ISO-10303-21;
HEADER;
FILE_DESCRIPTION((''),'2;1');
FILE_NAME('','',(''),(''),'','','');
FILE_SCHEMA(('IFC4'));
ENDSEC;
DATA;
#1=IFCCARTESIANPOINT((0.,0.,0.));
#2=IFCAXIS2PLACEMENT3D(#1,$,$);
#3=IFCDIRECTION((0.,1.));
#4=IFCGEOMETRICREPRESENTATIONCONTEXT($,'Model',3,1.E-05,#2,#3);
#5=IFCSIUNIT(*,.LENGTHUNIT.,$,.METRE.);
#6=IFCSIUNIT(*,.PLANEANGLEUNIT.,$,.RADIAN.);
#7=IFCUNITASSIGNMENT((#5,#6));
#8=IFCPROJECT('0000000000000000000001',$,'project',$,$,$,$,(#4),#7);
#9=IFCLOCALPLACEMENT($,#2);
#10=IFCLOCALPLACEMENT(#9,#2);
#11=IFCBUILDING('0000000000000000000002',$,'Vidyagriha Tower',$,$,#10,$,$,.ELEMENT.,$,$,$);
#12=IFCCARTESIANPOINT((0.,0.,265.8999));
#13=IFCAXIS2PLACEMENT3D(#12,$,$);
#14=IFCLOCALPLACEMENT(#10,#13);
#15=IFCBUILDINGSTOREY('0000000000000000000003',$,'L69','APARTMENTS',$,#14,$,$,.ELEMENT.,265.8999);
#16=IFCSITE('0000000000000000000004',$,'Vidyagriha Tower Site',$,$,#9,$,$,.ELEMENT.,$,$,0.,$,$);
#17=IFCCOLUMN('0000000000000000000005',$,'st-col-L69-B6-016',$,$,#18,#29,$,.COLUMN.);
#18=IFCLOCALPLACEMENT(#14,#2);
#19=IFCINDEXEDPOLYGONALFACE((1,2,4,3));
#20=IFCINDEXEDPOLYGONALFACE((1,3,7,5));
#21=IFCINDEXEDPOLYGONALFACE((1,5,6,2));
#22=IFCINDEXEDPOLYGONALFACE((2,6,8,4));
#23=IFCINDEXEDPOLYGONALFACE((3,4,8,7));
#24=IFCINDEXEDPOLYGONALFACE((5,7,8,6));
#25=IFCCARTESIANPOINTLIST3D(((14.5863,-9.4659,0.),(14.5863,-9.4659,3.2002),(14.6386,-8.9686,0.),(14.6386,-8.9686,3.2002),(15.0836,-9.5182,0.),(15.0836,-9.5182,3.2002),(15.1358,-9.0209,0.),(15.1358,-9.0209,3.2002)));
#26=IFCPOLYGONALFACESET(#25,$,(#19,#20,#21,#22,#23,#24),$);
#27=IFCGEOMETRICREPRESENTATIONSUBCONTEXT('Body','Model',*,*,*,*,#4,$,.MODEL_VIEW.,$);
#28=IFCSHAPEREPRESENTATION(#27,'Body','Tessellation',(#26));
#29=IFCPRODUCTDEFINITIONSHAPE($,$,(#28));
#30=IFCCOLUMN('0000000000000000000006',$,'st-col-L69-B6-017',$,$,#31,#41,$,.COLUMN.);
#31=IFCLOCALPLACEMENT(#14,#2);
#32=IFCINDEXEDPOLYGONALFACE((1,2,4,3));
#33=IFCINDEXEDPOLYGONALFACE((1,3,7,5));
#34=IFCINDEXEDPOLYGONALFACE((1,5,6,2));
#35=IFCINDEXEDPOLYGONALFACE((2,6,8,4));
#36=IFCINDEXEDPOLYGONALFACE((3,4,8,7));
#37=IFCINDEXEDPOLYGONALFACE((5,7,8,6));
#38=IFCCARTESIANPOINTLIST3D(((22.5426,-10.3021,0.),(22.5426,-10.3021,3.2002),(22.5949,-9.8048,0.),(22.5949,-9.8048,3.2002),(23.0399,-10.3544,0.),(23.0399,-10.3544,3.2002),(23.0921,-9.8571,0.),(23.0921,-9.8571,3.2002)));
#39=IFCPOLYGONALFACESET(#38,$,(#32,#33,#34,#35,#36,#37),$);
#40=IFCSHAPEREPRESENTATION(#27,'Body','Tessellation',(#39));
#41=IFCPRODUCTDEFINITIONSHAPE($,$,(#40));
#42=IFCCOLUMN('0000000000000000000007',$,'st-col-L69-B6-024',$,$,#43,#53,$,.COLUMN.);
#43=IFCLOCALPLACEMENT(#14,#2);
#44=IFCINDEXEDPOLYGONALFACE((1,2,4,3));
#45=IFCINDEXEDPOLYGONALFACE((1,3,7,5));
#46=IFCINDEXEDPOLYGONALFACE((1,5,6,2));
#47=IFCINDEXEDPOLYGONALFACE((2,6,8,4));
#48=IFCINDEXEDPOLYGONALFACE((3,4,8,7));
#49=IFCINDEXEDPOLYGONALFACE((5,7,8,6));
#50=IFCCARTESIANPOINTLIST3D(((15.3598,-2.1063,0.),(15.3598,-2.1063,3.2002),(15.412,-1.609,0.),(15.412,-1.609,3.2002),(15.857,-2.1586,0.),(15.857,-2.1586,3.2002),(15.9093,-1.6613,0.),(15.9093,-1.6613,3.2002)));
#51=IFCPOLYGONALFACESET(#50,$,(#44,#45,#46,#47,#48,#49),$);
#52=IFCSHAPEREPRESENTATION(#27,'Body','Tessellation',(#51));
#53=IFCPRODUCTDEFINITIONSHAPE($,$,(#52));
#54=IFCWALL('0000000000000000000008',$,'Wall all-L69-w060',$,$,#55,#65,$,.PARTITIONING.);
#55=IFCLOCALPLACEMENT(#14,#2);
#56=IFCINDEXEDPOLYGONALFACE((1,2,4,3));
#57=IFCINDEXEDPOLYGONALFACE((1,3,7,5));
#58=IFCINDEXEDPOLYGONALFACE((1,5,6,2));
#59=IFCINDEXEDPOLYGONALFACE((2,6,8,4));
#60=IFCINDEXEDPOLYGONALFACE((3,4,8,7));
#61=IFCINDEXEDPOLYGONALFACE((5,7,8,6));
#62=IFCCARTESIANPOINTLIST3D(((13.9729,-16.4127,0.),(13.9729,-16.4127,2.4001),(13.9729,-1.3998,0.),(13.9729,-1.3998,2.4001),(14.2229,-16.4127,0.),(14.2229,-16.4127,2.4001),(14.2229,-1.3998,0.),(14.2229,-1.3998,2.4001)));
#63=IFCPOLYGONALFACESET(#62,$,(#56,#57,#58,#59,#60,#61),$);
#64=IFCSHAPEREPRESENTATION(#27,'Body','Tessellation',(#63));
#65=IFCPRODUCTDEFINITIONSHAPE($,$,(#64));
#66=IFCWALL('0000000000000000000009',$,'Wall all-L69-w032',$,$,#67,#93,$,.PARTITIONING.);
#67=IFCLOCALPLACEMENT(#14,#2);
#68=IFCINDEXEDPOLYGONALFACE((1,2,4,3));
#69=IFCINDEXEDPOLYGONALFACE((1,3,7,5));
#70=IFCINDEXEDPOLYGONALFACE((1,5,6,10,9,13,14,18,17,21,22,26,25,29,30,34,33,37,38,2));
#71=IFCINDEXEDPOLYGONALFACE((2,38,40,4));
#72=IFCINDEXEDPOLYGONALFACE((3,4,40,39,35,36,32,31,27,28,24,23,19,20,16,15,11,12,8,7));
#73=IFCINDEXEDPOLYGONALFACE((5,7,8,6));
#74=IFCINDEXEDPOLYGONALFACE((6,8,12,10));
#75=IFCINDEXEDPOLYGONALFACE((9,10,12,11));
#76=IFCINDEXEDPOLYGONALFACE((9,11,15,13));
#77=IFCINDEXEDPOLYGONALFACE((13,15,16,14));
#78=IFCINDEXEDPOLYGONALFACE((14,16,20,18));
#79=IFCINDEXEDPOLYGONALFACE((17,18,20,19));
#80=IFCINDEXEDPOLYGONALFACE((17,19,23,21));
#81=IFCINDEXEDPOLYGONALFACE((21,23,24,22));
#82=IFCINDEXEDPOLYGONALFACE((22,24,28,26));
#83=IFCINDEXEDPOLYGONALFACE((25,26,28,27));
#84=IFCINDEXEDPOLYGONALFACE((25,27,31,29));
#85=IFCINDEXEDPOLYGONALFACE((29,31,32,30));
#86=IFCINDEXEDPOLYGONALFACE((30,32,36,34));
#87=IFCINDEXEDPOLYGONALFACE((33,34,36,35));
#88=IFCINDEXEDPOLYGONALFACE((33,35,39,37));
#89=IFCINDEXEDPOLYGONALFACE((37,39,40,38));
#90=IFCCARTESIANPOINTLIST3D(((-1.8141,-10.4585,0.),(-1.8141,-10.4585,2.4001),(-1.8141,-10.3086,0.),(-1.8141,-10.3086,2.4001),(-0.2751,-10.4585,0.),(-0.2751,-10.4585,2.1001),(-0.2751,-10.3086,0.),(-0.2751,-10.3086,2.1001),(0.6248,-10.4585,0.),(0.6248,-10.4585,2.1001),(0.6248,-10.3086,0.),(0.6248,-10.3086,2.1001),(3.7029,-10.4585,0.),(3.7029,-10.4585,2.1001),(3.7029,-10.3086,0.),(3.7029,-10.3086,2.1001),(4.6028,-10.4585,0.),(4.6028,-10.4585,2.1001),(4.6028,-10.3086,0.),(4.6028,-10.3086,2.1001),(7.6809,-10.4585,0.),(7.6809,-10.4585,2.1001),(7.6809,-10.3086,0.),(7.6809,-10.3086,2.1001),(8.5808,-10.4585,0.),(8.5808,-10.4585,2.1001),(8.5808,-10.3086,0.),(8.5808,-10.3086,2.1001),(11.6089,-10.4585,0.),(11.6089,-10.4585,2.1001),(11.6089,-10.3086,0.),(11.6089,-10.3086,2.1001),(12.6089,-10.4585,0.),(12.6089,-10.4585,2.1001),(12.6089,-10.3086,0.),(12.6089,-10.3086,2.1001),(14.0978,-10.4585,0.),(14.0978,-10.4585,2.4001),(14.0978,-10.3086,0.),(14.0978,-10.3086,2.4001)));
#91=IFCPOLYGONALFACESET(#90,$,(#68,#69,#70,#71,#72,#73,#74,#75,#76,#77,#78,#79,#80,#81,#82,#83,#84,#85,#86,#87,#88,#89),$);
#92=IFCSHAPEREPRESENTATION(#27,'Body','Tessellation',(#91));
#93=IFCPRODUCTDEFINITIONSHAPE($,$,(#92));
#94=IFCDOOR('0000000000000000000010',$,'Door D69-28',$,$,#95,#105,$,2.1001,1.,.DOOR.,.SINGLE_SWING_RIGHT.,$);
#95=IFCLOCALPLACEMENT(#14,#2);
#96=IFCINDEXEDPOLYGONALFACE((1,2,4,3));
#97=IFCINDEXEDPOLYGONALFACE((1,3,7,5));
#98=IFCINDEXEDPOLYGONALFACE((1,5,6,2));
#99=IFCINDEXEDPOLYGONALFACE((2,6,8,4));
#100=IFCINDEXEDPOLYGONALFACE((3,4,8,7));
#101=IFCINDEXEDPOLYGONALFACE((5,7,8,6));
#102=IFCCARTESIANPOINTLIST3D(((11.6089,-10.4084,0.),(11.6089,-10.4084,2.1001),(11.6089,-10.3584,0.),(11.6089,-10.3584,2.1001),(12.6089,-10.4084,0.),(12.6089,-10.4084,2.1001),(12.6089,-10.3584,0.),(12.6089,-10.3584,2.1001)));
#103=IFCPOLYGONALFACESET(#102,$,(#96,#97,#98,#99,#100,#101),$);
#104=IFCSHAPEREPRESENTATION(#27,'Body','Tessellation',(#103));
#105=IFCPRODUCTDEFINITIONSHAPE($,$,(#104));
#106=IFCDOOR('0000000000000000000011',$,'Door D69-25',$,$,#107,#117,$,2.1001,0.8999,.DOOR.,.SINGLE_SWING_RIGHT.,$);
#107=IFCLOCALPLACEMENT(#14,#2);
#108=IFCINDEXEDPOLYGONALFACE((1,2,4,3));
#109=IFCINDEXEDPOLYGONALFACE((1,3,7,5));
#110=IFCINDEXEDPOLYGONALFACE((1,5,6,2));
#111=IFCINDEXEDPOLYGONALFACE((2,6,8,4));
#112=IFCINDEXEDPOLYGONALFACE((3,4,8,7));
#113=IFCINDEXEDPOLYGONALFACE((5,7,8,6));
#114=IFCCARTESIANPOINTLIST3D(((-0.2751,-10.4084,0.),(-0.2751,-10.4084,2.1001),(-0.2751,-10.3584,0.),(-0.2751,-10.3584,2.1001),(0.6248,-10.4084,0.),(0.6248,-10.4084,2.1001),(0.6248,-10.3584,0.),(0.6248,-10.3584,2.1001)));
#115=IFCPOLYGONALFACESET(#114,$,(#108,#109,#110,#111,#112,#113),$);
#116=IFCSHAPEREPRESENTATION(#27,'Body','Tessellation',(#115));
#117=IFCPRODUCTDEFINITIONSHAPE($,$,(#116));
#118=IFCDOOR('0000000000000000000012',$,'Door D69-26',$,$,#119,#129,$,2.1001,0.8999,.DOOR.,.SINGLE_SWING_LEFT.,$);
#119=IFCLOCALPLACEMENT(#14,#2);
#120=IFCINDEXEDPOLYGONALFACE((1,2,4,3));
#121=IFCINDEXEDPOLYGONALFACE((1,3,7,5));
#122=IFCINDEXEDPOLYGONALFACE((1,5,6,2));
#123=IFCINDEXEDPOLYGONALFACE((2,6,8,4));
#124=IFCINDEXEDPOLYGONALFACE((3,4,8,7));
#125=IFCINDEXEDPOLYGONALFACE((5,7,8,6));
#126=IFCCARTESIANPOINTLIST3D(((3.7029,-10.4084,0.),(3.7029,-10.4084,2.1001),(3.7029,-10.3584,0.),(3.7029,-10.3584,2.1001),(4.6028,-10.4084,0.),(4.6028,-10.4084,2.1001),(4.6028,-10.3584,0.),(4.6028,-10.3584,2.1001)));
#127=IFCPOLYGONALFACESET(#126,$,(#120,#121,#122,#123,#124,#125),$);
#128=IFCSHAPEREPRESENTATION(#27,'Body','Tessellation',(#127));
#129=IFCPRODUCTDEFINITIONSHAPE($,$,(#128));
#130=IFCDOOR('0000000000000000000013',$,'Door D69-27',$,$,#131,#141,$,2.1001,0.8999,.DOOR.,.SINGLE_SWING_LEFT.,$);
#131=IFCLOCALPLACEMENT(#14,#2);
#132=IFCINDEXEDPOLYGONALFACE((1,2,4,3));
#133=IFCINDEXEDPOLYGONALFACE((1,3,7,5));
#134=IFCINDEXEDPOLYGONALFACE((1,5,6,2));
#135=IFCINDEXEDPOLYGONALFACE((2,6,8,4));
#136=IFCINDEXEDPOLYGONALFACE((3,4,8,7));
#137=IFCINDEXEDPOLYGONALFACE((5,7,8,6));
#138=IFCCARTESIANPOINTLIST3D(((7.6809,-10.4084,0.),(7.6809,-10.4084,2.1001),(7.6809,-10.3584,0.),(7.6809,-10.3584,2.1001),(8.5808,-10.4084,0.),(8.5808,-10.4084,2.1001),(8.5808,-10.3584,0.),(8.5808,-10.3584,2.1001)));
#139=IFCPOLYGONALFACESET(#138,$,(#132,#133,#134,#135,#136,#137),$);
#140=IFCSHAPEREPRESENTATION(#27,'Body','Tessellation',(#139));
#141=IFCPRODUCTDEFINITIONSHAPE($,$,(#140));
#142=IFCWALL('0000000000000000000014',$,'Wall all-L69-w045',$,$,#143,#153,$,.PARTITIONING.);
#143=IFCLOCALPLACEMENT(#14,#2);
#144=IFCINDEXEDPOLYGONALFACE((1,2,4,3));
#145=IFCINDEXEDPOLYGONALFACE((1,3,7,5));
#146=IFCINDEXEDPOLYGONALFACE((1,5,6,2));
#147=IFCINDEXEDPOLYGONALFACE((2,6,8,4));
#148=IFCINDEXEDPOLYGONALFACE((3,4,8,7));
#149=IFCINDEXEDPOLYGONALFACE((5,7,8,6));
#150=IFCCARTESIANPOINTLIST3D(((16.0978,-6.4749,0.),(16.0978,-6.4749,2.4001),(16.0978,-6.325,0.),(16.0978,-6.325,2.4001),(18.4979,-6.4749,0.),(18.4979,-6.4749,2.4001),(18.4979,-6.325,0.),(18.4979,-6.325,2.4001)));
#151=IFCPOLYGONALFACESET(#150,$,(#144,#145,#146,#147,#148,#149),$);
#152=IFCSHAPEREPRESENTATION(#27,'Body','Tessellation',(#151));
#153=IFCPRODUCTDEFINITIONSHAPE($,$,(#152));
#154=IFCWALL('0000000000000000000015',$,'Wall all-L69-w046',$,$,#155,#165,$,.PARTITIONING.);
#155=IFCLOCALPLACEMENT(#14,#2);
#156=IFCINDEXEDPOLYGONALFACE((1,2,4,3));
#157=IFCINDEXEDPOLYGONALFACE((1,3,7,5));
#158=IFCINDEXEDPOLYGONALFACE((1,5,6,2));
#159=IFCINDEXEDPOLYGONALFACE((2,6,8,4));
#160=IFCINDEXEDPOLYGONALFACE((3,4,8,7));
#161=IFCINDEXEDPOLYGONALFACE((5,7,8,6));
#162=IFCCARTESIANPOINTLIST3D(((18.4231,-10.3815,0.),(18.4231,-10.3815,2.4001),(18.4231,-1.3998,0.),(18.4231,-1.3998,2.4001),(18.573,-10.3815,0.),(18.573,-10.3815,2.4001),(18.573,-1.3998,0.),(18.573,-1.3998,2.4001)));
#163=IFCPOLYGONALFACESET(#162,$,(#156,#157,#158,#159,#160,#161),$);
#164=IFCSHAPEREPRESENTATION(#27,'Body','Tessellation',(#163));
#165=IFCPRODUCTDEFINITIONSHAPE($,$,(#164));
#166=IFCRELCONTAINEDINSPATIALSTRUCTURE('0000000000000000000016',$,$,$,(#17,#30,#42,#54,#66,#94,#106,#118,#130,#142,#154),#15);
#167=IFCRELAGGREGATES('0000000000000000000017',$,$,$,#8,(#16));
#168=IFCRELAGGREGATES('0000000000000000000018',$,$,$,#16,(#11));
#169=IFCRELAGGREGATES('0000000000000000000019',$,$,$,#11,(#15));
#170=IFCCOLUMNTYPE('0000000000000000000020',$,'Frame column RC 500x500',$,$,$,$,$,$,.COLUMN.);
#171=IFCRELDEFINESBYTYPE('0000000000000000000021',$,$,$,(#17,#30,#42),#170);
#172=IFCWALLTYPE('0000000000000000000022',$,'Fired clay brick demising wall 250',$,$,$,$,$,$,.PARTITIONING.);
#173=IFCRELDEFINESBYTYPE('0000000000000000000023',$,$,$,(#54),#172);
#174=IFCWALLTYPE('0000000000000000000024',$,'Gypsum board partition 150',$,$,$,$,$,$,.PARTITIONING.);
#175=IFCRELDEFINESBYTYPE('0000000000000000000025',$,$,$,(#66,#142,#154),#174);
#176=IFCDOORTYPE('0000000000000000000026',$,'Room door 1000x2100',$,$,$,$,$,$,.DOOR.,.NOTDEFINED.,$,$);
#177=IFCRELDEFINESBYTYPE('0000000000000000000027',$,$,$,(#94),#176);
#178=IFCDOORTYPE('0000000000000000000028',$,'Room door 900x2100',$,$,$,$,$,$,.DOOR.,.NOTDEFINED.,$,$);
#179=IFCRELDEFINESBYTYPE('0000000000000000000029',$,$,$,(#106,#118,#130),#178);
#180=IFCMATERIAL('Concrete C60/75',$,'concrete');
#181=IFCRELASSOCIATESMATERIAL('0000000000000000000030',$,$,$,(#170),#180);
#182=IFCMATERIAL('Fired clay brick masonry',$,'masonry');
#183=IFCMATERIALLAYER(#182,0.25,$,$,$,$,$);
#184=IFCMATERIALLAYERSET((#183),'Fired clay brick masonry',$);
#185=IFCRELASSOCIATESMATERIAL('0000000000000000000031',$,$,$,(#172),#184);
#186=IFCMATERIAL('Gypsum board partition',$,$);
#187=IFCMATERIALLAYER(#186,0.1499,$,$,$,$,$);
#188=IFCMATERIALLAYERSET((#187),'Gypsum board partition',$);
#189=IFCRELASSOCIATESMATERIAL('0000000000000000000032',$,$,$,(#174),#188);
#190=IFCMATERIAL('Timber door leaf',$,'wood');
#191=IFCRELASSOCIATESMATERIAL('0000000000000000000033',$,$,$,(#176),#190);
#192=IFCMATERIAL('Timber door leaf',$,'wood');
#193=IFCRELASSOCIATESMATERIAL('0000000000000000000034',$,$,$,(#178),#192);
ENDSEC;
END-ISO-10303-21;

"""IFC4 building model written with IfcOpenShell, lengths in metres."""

from ifc_helpers import new_model, si_unit, direction, frame, frame_2d, origin, origin_2d, place, context, subcontext, project, spatial, rectangle, extrude, material, layer, layer_set, material_profile, profile_set, type_object, element, fill, save


model = new_model("IFC4")

# Units and contexts
model_context = context("Model", 3, precision=1e-05, world=origin(), true_north=direction((0.0, 1.0)))
body_context = subcontext(model_context, "Body", "Model", "MODEL_VIEW")
ifc_project = project(units=[si_unit("LENGTHUNIT", "METRE"), si_unit("PLANEANGLEUNIT", "RADIAN")], contexts=[model_context])

# Site, building, storey
site_placement = place(None, origin())
site = spatial("IfcSite", under=ifc_project, at=site_placement, Name="Vidyagriha Tower Site", CompositionType="ELEMENT", RefElevation=0.0)
building_placement = place(site_placement, origin())
building = spatial("IfcBuilding", under=site, at=building_placement, Name="Vidyagriha Tower", CompositionType="ELEMENT")
storey_placement = place(building_placement, frame((0.0, 0.0, 265.8999)))
storey = spatial("IfcBuildingStorey", under=building, at=storey_placement, Name="L69", Description="APARTMENTS", CompositionType="ELEMENT", Elevation=265.8999)

# Columns
ifc_material_1 = material(Name="Concrete C60/75", Category="concrete")
ifc_material_profile = material_profile(ifc_material_1, rectangle(XDim=0.5, YDim=0.5, at=origin_2d()), Name="RC 500x500")
ifc_profile_set = profile_set([ifc_material_profile], Name="Concrete C60/75")
column_type = type_object("IfcColumnType", Name="Frame column RC 500x500", PredefinedType="COLUMN", material=ifc_profile_set)
for number, where, z_axis, x_axis, name in (
    (1, (14.8611, -9.2434, 0.0), (0.0, 0.0, 1.0), (0.994522, -0.104528, 0.0), "st-col-L69-B6-016"),
    (2, (22.8174, -10.0796, 0.0), (0.0, 0.0, 1.0), (0.994522, -0.104528, 0.0), "st-col-L69-B6-017"),
    (3, (15.6345, -1.8838, 0.0), (0.0, 0.0, 1.0), (0.994522, -0.104528, 0.0), "st-col-L69-B6-024"),
):
    element("IfcColumn", number, at=place(storey_placement, frame(where, z_axis=z_axis, x_axis=x_axis)), inside=storey, type_object=column_type, Name=name, PredefinedType="COLUMN", context=body_context, shape_type="SweptSolid", body=[
        extrude(rectangle(XDim=0.5, YDim=0.5, at=origin_2d()), origin(), (0.0, 0.0, 1.0), 3.2002),
    ])

# Wall
ifc_material_2 = material(Name="Fired clay brick masonry", Category="masonry")
ifc_layer_1 = layer(ifc_material_2, 0.25)
ifc_layer_set_1 = layer_set([ifc_layer_1], Name="Fired clay brick masonry")
wall_type_1 = type_object("IfcWallType", Name="Fired clay brick demising wall 250", PredefinedType="PARTITIONING", material=ifc_layer_set_1)
wall_1_placement = place(storey_placement, frame((14.0979, -1.3999, 0.0), z_axis=(0.0, 0.0, 1.0), x_axis=(0.0, -1.0, 0.0)))
element("IfcWall", 4, at=wall_1_placement, inside=storey, type_object=wall_type_1, Name="Wall all-L69-w060", PredefinedType="PARTITIONING", context=body_context, shape_type="SweptSolid", body=[
    extrude(rectangle(XDim=15.0129, YDim=0.25, at=frame_2d((7.5063, 0.0))), origin(), (0.0, 0.0, 1.0), 2.4001),
])

# Wall, openings, doors
ifc_material_3 = material(Name="Gypsum board partition")
ifc_layer_2 = layer(ifc_material_3, 0.1499)
ifc_layer_set_2 = layer_set([ifc_layer_2], Name="Gypsum board partition")
wall_type_2 = type_object("IfcWallType", Name="Gypsum board partition 150", PredefinedType="PARTITIONING", material=ifc_layer_set_2)
wall_2_placement = place(storey_placement, frame((14.0979, -10.3835, 0.0), z_axis=(0.0, 0.0, 1.0), x_axis=(-1.0, 0.0, 0.0)))
wall_2 = element("IfcWall", 5, at=wall_2_placement, inside=storey, type_object=wall_type_2, Name="Wall all-L69-w032", PredefinedType="PARTITIONING", context=body_context, shape_type="SweptSolid", body=[
    extrude(rectangle(XDim=15.9119, YDim=0.1499, at=frame_2d((7.9561, 0.0))), origin(), (0.0, 0.0, 1.0), 2.4001),
])
opening_1_placement = place(wall_2_placement, frame((13.4731, 0.0, 0.0)))
opening_1 = element("IfcOpeningElement", 6, at=opening_1_placement, cuts=wall_2, PredefinedType="OPENING", context=body_context, shape_type="SweptSolid", body=[
    extrude(rectangle(XDim=0.8999, YDim=2.1001, at=frame_2d((0.45, 1.05))), frame((0.0, 0.085, 0.0), z_axis=(0.0, -1.0, 0.0), x_axis=(1.0, 0.0, 0.0)), (0.0, 0.0, 1.0), 0.1699),
])
opening_2_placement = place(wall_2_placement, frame((9.4951, 0.0, 0.0)))
opening_2 = element("IfcOpeningElement", 7, at=opening_2_placement, cuts=wall_2, PredefinedType="OPENING", context=body_context, shape_type="SweptSolid", body=[
    extrude(rectangle(XDim=0.8999, YDim=2.1001, at=frame_2d((0.45, 1.05))), frame((0.0, 0.085, 0.0), z_axis=(0.0, -1.0, 0.0), x_axis=(1.0, 0.0, 0.0)), (0.0, 0.0, 1.0), 0.1699),
])
opening_3_placement = place(wall_2_placement, frame((5.5171, 0.0, 0.0)))
opening_3 = element("IfcOpeningElement", 8, at=opening_3_placement, cuts=wall_2, PredefinedType="OPENING", context=body_context, shape_type="SweptSolid", body=[
    extrude(rectangle(XDim=0.8999, YDim=2.1001, at=frame_2d((0.45, 1.05))), frame((0.0, 0.085, 0.0), z_axis=(0.0, -1.0, 0.0), x_axis=(1.0, 0.0, 0.0)), (0.0, 0.0, 1.0), 0.1699),
])
opening_4_placement = place(wall_2_placement, frame((1.489, 0.0, 0.0)))
opening_4 = element("IfcOpeningElement", 9, at=opening_4_placement, cuts=wall_2, PredefinedType="OPENING", context=body_context, shape_type="SweptSolid", body=[
    extrude(rectangle(XDim=1.0, YDim=2.1001, at=frame_2d((0.5, 1.05))), frame((0.0, 0.085, 0.0), z_axis=(0.0, -1.0, 0.0), x_axis=(1.0, 0.0, 0.0)), (0.0, 0.0, 1.0), 0.1699),
])
ifc_material_4 = material(Name="Timber door leaf", Category="wood")
door_type_1 = type_object("IfcDoorType", Name="Room door 1000x2100", OperationType="NOTDEFINED", PredefinedType="DOOR", material=ifc_material_4)
door_1_placement = place(opening_4_placement, origin())
door_1 = element("IfcDoor", 10, at=door_1_placement, inside=storey, type_object=door_type_1, Name="Door D69-28", OperationType="SINGLE_SWING_RIGHT", OverallHeight=2.1001, OverallWidth=1.0, PredefinedType="DOOR", context=body_context, shape_type="SweptSolid", body=[
    extrude(rectangle(XDim=1.0, YDim=2.1001, at=frame_2d((0.5, 1.05))), frame((0.0, 0.0249, 0.0), z_axis=(0.0, -1.0, 0.0), x_axis=(1.0, 0.0, 0.0)), (0.0, 0.0, 1.0), 0.05),
])
fill(opening_4, door_1)
ifc_material_5 = material(Name="Timber door leaf", Category="wood")
door_type_2 = type_object("IfcDoorType", Name="Room door 900x2100", OperationType="NOTDEFINED", PredefinedType="DOOR", material=ifc_material_5)
door_2_placement = place(opening_1_placement, origin())
door_2 = element("IfcDoor", 11, at=door_2_placement, inside=storey, type_object=door_type_2, Name="Door D69-25", OperationType="SINGLE_SWING_RIGHT", OverallHeight=2.1001, OverallWidth=0.8999, PredefinedType="DOOR", context=body_context, shape_type="SweptSolid", body=[
    extrude(rectangle(XDim=0.8999, YDim=2.1001, at=frame_2d((0.45, 1.05))), frame((0.0, 0.0249, 0.0), z_axis=(0.0, -1.0, 0.0), x_axis=(1.0, 0.0, 0.0)), (0.0, 0.0, 1.0), 0.05),
])
fill(opening_1, door_2)
door_3_placement = place(opening_2_placement, origin())
door_3 = element("IfcDoor", 12, at=door_3_placement, inside=storey, type_object=door_type_2, Name="Door D69-26", OperationType="SINGLE_SWING_LEFT", OverallHeight=2.1001, OverallWidth=0.8999, PredefinedType="DOOR", context=body_context, shape_type="SweptSolid", body=[
    extrude(rectangle(XDim=0.8999, YDim=2.1001, at=frame_2d((0.45, 1.05))), frame((0.0, 0.0249, 0.0), z_axis=(0.0, -1.0, 0.0), x_axis=(1.0, 0.0, 0.0)), (0.0, 0.0, 1.0), 0.05),
])
fill(opening_2, door_3)
door_4_placement = place(opening_3_placement, origin())
door_4 = element("IfcDoor", 13, at=door_4_placement, inside=storey, type_object=door_type_2, Name="Door D69-27", OperationType="SINGLE_SWING_LEFT", OverallHeight=2.1001, OverallWidth=0.8999, PredefinedType="DOOR", context=body_context, shape_type="SweptSolid", body=[
    extrude(rectangle(XDim=0.8999, YDim=2.1001, at=frame_2d((0.45, 1.05))), frame((0.0, 0.0249, 0.0), z_axis=(0.0, -1.0, 0.0), x_axis=(1.0, 0.0, 0.0)), (0.0, 0.0, 1.0), 0.05),
])
fill(opening_3, door_4)

# Walls
wall_3_placement = place(storey_placement, frame((18.498, -6.3999, 0.0), z_axis=(0.0, 0.0, 1.0), x_axis=(-1.0, 0.0, 0.0)))
element("IfcWall", 14, at=wall_3_placement, inside=storey, type_object=wall_type_2, Name="Wall all-L69-w045", PredefinedType="PARTITIONING", context=body_context, shape_type="SweptSolid", body=[
    extrude(rectangle(XDim=2.4001, YDim=0.1499, at=frame_2d((1.2002, 0.0))), origin(), (0.0, 0.0, 1.0), 2.4001),
])
wall_4_placement = place(storey_placement, frame((18.498, -1.3999, 0.0), z_axis=(0.0, 0.0, 1.0), x_axis=(0.0, -1.0, 0.0)))
element("IfcWall", 15, at=wall_4_placement, inside=storey, type_object=wall_type_2, Name="Wall all-L69-w046", PredefinedType="PARTITIONING", context=body_context, shape_type="SweptSolid", body=[
    extrude(rectangle(XDim=8.9817, YDim=0.1499, at=frame_2d((4.4907, 0.0))), origin(), (0.0, 0.0, 1.0), 2.4001),
])

save(model, "model.ifc")
